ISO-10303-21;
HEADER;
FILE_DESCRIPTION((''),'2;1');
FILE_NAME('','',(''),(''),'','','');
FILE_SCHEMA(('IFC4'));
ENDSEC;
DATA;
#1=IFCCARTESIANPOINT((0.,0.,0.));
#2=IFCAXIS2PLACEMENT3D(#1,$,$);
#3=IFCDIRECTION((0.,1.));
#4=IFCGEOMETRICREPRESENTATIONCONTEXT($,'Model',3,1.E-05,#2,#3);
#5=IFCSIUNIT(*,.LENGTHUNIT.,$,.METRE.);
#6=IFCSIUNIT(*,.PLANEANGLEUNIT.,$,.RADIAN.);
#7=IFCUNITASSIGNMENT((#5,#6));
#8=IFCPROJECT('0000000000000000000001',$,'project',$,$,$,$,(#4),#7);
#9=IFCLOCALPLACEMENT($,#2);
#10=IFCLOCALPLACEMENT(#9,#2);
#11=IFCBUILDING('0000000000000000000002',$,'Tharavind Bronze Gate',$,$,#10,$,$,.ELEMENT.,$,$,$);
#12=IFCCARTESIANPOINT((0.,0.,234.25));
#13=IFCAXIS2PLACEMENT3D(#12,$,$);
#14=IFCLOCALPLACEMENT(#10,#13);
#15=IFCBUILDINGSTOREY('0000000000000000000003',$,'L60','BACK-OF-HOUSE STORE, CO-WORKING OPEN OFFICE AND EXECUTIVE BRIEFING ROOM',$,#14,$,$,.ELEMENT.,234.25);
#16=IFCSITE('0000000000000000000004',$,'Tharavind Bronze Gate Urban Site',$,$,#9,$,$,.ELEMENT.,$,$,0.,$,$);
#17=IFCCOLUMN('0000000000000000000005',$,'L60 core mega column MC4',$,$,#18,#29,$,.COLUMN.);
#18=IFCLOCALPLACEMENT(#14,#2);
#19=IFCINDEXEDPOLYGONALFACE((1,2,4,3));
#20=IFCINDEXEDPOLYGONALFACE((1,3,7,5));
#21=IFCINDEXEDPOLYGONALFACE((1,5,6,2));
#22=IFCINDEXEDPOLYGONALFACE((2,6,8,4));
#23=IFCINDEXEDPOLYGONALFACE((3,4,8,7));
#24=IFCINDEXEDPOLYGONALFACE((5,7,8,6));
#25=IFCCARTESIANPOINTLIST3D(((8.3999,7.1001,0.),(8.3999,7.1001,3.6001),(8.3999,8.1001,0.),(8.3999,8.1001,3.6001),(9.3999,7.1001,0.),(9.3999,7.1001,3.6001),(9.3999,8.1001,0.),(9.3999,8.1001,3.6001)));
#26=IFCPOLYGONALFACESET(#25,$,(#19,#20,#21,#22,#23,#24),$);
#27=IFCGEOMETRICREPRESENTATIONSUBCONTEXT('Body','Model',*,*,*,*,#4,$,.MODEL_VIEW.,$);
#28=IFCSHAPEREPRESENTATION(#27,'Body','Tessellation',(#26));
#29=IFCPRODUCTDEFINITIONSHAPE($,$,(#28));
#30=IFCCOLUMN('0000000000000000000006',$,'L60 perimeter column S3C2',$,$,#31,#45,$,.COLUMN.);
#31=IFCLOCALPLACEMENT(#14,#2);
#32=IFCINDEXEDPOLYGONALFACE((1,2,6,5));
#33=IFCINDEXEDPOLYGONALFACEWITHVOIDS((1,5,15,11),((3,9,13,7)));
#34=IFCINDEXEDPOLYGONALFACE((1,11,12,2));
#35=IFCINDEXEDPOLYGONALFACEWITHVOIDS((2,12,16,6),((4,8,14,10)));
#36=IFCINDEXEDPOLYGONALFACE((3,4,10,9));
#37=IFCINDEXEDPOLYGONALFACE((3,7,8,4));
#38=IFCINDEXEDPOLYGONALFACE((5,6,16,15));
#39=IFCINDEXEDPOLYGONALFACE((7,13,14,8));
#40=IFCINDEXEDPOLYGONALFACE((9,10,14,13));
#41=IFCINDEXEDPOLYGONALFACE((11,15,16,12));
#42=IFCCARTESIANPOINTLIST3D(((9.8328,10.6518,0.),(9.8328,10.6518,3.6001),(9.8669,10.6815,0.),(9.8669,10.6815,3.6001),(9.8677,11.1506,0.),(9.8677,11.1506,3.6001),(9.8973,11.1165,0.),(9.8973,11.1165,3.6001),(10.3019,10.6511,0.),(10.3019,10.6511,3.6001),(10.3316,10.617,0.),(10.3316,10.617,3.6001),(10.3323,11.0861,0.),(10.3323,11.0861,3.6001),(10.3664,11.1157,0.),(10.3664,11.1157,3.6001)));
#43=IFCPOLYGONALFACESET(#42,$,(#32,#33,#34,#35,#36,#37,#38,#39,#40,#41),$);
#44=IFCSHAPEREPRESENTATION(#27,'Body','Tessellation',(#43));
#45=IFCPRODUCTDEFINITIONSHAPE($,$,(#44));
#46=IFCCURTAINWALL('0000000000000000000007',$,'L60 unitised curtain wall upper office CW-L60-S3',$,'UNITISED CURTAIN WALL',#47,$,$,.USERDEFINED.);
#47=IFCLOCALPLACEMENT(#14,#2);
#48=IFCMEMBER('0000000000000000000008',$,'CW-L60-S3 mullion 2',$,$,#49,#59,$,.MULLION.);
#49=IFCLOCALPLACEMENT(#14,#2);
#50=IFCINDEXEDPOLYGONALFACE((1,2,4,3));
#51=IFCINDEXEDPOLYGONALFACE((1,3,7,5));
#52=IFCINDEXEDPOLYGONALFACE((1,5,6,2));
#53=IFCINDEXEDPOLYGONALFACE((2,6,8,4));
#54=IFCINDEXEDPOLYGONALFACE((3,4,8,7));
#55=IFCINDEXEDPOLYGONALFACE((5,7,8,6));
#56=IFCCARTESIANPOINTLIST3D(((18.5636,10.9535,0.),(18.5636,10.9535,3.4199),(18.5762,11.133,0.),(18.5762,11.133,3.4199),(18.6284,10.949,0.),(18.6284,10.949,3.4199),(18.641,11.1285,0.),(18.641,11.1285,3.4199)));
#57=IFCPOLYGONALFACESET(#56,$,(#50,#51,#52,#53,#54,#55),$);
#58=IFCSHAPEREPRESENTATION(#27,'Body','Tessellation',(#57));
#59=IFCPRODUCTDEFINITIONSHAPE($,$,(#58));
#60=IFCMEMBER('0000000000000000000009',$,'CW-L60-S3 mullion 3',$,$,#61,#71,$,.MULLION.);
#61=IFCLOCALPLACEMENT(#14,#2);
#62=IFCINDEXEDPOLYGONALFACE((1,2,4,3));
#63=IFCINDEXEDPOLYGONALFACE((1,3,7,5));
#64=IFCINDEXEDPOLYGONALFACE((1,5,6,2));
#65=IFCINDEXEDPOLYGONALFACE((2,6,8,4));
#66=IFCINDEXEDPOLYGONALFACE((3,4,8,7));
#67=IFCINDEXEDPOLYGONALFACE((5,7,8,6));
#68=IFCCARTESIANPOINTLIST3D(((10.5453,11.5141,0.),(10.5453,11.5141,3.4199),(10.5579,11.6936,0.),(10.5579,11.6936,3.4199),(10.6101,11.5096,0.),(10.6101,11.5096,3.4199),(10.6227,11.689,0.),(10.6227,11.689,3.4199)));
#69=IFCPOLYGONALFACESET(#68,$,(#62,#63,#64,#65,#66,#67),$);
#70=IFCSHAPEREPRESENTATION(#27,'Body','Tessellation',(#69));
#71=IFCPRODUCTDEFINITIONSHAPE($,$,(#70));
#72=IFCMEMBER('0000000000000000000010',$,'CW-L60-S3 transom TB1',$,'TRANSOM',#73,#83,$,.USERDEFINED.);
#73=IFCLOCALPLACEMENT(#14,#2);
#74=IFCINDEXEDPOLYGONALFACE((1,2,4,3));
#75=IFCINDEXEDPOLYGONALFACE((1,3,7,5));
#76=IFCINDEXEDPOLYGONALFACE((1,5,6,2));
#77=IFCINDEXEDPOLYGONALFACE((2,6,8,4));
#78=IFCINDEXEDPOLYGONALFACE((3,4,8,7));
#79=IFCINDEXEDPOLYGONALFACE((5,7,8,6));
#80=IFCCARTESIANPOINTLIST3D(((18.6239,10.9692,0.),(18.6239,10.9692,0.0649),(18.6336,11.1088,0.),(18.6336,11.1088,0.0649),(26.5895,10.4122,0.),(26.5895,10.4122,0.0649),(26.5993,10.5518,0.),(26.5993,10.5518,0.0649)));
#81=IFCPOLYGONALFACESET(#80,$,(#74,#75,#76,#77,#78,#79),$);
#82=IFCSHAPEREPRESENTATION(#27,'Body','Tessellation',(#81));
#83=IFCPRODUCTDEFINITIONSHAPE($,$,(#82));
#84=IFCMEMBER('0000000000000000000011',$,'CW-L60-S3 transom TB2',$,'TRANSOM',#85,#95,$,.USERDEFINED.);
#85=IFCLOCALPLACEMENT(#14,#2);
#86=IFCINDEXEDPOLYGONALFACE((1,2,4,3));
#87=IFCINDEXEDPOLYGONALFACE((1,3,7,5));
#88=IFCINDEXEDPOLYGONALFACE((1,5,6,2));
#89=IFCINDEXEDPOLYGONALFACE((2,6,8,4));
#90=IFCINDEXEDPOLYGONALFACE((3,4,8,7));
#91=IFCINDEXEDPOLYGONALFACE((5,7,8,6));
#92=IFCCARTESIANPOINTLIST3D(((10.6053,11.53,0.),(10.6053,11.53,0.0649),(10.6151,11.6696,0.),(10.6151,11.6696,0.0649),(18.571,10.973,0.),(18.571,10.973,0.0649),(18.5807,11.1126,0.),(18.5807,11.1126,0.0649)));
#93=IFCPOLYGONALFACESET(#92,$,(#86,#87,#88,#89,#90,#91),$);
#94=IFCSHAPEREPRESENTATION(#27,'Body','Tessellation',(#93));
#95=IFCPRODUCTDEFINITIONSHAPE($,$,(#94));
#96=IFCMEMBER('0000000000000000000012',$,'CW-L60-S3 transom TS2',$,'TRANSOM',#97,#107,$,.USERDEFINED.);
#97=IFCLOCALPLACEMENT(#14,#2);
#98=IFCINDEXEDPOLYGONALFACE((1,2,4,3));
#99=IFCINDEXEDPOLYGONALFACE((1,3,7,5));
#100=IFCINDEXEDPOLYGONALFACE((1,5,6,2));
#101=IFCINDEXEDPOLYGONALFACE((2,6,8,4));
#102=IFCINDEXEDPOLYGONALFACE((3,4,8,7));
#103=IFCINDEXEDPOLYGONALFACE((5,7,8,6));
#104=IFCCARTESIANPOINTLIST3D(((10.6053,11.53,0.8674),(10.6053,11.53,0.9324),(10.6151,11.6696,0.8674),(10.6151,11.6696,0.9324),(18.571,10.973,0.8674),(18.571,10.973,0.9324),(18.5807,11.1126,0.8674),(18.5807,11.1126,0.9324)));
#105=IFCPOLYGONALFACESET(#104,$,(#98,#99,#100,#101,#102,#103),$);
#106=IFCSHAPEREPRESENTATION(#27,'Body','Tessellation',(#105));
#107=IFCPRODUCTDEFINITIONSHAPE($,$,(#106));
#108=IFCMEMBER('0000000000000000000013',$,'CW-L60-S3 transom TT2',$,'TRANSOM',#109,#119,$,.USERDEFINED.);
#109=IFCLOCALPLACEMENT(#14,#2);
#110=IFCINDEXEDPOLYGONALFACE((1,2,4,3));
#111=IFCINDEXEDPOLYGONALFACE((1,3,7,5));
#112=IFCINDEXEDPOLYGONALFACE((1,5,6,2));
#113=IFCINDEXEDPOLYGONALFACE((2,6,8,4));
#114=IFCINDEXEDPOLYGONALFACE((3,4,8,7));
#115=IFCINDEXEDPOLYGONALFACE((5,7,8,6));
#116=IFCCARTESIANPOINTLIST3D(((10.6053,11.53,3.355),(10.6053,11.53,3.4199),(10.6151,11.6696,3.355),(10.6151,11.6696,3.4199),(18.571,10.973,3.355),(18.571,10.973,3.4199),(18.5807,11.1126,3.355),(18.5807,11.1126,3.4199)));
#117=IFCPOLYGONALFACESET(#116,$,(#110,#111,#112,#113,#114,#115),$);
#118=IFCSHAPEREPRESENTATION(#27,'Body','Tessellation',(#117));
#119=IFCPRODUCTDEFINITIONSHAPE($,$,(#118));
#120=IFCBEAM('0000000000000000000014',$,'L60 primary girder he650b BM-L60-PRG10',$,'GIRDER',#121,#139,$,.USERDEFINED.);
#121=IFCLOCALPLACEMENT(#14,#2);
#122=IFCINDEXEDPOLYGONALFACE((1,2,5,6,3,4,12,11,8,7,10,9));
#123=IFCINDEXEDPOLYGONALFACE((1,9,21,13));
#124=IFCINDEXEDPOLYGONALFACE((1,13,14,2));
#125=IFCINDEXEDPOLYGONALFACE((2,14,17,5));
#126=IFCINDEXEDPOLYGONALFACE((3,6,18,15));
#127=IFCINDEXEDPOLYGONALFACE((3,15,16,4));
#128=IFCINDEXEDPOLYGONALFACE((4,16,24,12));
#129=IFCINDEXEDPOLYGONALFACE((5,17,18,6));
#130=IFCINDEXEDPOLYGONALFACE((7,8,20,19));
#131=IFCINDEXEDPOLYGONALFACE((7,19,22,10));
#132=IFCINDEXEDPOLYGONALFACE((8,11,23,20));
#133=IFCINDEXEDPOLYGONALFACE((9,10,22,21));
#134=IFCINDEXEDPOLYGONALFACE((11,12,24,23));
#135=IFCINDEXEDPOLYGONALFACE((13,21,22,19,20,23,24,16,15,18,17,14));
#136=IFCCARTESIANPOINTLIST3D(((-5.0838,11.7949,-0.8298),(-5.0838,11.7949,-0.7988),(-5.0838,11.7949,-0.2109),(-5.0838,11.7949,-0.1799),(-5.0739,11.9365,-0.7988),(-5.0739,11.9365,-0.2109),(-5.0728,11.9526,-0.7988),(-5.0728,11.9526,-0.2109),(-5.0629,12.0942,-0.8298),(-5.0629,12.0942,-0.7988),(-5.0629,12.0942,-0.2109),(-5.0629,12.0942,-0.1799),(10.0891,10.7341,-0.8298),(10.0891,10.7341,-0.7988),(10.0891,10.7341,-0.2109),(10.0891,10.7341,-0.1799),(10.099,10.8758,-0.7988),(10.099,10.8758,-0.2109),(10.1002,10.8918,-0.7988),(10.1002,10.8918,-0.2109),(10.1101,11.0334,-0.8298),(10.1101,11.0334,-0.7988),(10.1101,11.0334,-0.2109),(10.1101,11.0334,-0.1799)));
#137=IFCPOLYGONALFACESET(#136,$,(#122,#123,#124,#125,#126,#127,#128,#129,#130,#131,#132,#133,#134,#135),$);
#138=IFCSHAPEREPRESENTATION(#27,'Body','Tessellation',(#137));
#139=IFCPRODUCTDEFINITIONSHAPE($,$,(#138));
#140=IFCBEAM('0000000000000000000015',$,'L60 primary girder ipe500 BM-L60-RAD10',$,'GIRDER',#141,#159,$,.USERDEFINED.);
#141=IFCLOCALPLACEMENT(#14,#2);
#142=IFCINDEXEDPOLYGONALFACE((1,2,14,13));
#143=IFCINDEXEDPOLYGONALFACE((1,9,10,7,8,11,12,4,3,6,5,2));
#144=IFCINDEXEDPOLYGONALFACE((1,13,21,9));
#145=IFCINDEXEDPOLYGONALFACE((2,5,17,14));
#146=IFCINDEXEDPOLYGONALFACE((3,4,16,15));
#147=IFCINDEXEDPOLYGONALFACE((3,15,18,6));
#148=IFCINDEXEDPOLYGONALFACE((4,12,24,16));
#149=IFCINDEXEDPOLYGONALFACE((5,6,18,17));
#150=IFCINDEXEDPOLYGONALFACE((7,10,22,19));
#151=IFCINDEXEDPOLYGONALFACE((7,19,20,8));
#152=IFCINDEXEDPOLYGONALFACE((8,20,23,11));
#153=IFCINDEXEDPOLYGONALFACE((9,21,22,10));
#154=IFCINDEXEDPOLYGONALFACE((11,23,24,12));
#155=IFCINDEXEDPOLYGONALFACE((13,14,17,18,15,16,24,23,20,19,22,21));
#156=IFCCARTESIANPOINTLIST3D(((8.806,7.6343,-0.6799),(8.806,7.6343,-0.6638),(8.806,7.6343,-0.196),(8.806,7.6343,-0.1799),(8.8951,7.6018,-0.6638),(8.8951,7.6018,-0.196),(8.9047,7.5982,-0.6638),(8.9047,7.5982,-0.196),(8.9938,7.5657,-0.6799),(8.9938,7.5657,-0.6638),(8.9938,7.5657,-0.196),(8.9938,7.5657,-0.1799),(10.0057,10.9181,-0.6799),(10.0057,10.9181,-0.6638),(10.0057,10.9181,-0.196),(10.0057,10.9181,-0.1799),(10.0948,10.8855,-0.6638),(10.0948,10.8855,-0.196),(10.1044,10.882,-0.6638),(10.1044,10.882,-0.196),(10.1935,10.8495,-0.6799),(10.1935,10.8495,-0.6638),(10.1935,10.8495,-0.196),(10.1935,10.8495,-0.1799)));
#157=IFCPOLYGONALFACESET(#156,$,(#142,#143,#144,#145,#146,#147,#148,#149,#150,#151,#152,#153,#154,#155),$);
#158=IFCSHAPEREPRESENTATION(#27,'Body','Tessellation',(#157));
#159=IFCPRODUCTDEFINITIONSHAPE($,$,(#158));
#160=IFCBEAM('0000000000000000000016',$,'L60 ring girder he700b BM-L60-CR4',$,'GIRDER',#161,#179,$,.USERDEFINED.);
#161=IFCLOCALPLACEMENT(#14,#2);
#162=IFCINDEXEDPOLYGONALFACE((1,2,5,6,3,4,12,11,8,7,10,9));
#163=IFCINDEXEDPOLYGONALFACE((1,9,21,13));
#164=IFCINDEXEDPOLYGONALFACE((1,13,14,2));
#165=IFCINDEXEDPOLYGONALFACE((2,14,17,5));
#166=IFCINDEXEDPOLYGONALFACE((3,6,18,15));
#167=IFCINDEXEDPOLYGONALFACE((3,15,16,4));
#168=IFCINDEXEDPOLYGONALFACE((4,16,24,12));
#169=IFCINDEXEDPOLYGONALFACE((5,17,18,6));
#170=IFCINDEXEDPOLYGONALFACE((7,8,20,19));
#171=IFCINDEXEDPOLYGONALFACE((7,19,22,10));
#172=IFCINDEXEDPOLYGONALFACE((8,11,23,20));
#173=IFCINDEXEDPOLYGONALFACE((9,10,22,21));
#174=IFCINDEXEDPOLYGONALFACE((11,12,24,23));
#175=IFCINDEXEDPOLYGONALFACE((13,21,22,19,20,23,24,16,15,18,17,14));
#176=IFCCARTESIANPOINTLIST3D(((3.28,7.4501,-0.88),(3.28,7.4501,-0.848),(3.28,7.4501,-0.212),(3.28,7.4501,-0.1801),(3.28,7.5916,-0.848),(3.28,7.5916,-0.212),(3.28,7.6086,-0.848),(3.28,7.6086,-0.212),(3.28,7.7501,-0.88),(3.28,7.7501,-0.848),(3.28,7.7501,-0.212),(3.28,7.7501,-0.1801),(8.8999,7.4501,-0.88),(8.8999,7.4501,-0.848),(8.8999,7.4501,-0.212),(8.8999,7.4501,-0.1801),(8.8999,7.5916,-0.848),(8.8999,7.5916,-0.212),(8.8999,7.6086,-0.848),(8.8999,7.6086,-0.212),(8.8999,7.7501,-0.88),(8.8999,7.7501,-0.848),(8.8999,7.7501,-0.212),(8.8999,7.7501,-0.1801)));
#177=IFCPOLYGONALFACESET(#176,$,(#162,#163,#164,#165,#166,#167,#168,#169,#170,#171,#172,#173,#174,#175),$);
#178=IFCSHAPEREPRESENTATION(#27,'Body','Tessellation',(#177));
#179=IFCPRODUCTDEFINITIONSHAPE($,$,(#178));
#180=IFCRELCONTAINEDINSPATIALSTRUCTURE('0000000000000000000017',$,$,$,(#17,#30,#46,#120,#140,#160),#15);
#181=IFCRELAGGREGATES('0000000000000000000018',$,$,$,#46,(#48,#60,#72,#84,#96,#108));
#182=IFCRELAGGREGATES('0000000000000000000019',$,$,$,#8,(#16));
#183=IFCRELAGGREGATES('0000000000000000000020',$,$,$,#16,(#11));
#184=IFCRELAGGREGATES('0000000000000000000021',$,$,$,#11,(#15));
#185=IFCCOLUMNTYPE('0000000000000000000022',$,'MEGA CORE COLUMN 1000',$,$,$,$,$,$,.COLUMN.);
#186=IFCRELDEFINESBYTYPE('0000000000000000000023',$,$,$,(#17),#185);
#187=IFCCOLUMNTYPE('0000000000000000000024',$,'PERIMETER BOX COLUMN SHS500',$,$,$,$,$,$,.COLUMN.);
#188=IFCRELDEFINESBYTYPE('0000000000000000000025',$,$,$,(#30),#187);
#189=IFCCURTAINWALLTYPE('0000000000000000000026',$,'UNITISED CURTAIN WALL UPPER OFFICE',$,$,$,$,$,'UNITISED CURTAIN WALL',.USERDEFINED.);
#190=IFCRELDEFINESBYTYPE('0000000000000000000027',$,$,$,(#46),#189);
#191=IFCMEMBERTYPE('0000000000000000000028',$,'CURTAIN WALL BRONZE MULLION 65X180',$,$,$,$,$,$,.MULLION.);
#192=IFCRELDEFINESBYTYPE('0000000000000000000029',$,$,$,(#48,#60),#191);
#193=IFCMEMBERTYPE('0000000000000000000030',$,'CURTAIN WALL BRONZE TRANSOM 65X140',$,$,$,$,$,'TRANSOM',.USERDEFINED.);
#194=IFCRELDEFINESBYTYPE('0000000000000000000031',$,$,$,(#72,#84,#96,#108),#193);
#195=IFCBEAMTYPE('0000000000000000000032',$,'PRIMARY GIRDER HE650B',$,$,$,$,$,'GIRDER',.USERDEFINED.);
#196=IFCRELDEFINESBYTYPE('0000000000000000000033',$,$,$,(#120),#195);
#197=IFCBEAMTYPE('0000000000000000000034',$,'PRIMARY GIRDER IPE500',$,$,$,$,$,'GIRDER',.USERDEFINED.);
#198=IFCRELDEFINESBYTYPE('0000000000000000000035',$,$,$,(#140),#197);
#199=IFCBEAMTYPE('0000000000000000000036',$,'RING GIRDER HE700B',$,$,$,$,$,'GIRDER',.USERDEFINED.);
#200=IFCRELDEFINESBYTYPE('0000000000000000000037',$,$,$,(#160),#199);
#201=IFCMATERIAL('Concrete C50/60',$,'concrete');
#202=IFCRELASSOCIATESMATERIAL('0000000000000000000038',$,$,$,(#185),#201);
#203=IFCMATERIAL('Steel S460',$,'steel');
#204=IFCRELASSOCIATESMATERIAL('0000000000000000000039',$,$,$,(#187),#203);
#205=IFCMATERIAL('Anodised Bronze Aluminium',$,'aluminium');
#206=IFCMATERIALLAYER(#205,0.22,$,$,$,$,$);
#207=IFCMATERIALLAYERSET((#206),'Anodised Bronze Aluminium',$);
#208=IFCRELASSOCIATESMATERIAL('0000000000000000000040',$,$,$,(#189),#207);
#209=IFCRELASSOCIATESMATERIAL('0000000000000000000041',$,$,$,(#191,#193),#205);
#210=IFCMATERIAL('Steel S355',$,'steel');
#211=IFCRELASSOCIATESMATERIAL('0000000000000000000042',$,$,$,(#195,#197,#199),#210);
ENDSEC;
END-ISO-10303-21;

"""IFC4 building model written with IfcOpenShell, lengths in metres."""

from ifc_helpers import new_model, si_unit, direction, frame, origin, origin_2d, place, context, subcontext, project, spatial, rectangle, hollow_rectangle, i_section, extrude, material, layer, layer_set, material_profile, profile_set, type_object, element, aggregate, save


model = new_model("IFC4")

# Units and contexts
model_context = context("Model", 3, precision=1e-05, world=origin(), true_north=direction((0.0, 1.0)))
body_context = subcontext(model_context, "Body", "Model", "MODEL_VIEW")
ifc_project = project(units=[si_unit("LENGTHUNIT", "METRE"), si_unit("PLANEANGLEUNIT", "RADIAN")], contexts=[model_context])

# Site, building, storey
site_placement = place(None, origin())
site = spatial("IfcSite", under=ifc_project, at=site_placement, Name="Tharavind Bronze Gate Urban Site", CompositionType="ELEMENT", RefElevation=0.0)
building_placement = place(site_placement, origin())
building = spatial("IfcBuilding", under=site, at=building_placement, Name="Tharavind Bronze Gate", CompositionType="ELEMENT")
storey_placement = place(building_placement, frame((0.0, 0.0, 234.25)))
storey = spatial("IfcBuildingStorey", under=building, at=storey_placement, Name="L60", Description="BACK-OF-HOUSE STORE, CO-WORKING OPEN OFFICE AND EXECUTIVE BRIEFING ROOM", CompositionType="ELEMENT", Elevation=234.25)

# Columns
ifc_material_1 = material(Name="Concrete C50/60", Category="concrete")
ifc_material_profile_1 = material_profile(ifc_material_1, rectangle(XDim=1.0, YDim=1.0, at=origin_2d()), Name="RCCOL1000")
ifc_profile_set_1 = profile_set([ifc_material_profile_1], Name="Concrete C50/60")
column_type_1 = type_object("IfcColumnType", Name="MEGA CORE COLUMN 1000", PredefinedType="COLUMN", material=ifc_profile_set_1)
column_1_placement = place(storey_placement, frame((8.8999, 7.6001, 0.0), z_axis=(0.0, 0.0, 1.0), x_axis=(1.0, 0.0, 0.0)))
element("IfcColumn", 1, at=column_1_placement, inside=storey, type_object=column_type_1, Name="L60 core mega column MC4", PredefinedType="COLUMN", context=body_context, shape_type="SweptSolid", body=[
    extrude(rectangle(XDim=1.0, YDim=1.0, at=origin_2d()), origin(), (0.0, 0.0, 1.0), 3.6001),
])
ifc_material_2 = material(Name="Steel S460", Category="steel")
ifc_material_profile_2 = material_profile(ifc_material_2, hollow_rectangle(XDim=0.5, YDim=0.5, WallThickness=0.032, at=origin_2d()), Name="SHS500X32")
ifc_profile_set_2 = profile_set([ifc_material_profile_2], Name="Steel S460")
column_type_2 = type_object("IfcColumnType", Name="PERIMETER BOX COLUMN SHS500", PredefinedType="COLUMN", material=ifc_profile_set_2)
column_2_placement = place(storey_placement, frame((10.0996, 10.8838, 0.0), z_axis=(0.0, 0.0, 1.0), x_axis=(-0.997564, 0.069756, 0.0)))
element("IfcColumn", 2, at=column_2_placement, inside=storey, type_object=column_type_2, Name="L60 perimeter column S3C2", PredefinedType="COLUMN", context=body_context, shape_type="SweptSolid", body=[
    extrude(hollow_rectangle(XDim=0.5, YDim=0.5, WallThickness=0.032, at=origin_2d()), origin(), (0.0, 0.0, 1.0), 3.6001),
])

# Curtain wall, members
ifc_material_3 = material(Name="Anodised Bronze Aluminium", Category="aluminium")
ifc_layer_1 = layer(ifc_material_3, 0.22)
ifc_layer_set_1 = layer_set([ifc_layer_1], Name="Anodised Bronze Aluminium")
curtain_wall_type = type_object("IfcCurtainWallType", Name="UNITISED CURTAIN WALL UPPER OFFICE", ElementType="UNITISED CURTAIN WALL", PredefinedType="USERDEFINED", material=ifc_layer_set_1)
curtain_wall_placement = place(storey_placement, origin())
curtain_wall = element("IfcCurtainWall", 3, at=curtain_wall_placement, inside=storey, type_object=curtain_wall_type, Name="L60 unitised curtain wall upper office CW-L60-S3", ObjectType="UNITISED CURTAIN WALL", PredefinedType="USERDEFINED")
member_type_1 = type_object("IfcMemberType", Name="CURTAIN WALL BRONZE MULLION 65X180", PredefinedType="MULLION", material=ifc_material_3)
member_1_placement = place(storey_placement, frame((18.6023, 11.041, 0.0), z_axis=(0.0, 0.0, 1.0), x_axis=(-0.997564, 0.069758, 0.0)))
member_1 = element("IfcMember", 4, at=member_1_placement, type_object=member_type_1, Name="CW-L60-S3 mullion 2", PredefinedType="MULLION", context=body_context, shape_type="SweptSolid", body=[
    extrude(rectangle(XDim=0.0649, YDim=0.1799, at=origin_2d()), origin(), (0.0, 0.0, 1.0), 3.4199),
])
member_2_placement = place(storey_placement, frame((10.584, 11.6016, 0.0), z_axis=(0.0, 0.0, 1.0), x_axis=(-0.997564, 0.069758, 0.0)))
member_2 = element("IfcMember", 5, at=member_2_placement, type_object=member_type_1, Name="CW-L60-S3 mullion 3", PredefinedType="MULLION", context=body_context, shape_type="SweptSolid", body=[
    extrude(rectangle(XDim=0.0649, YDim=0.1799, at=origin_2d()), origin(), (0.0, 0.0, 1.0), 3.4199),
])
member_type_2 = type_object("IfcMemberType", Name="CURTAIN WALL BRONZE TRANSOM 65X140", ElementType="TRANSOM", PredefinedType="USERDEFINED", material=ifc_material_3)
member_3_placement = place(storey_placement, frame((22.6116, 10.7605, 0.0), z_axis=(0.0, 0.0, 1.0), x_axis=(-0.997564, 0.069758, 0.0)))
member_3 = element("IfcMember", 6, at=member_3_placement, type_object=member_type_2, Name="CW-L60-S3 transom TB1", ObjectType="TRANSOM", PredefinedType="USERDEFINED", context=body_context, shape_type="SweptSolid", body=[
    extrude(rectangle(XDim=7.9851, YDim=0.1399, at=origin_2d()), origin(), (0.0, 0.0, 1.0), 0.0649),
])
member_4_placement = place(storey_placement, frame((14.593, 11.3213, 0.0), z_axis=(0.0, 0.0, 1.0), x_axis=(-0.997564, 0.069758, 0.0)))
member_4 = element("IfcMember", 7, at=member_4_placement, type_object=member_type_2, Name="CW-L60-S3 transom TB2", ObjectType="TRANSOM", PredefinedType="USERDEFINED", context=body_context, shape_type="SweptSolid", body=[
    extrude(rectangle(XDim=7.9851, YDim=0.1399, at=origin_2d()), origin(), (0.0, 0.0, 1.0), 0.0649),
])
member_5_placement = place(storey_placement, frame((14.593, 11.3213, 0.8674), z_axis=(0.0, 0.0, 1.0), x_axis=(-0.997564, 0.069758, 0.0)))
member_5 = element("IfcMember", 8, at=member_5_placement, type_object=member_type_2, Name="CW-L60-S3 transom TS2", ObjectType="TRANSOM", PredefinedType="USERDEFINED", context=body_context, shape_type="SweptSolid", body=[
    extrude(rectangle(XDim=7.9851, YDim=0.1399, at=origin_2d()), origin(), (0.0, 0.0, 1.0), 0.0649),
])
member_6_placement = place(storey_placement, frame((14.593, 11.3213, 3.355), z_axis=(0.0, 0.0, 1.0), x_axis=(-0.997564, 0.069758, 0.0)))
member_6 = element("IfcMember", 9, at=member_6_placement, type_object=member_type_2, Name="CW-L60-S3 transom TT2", ObjectType="TRANSOM", PredefinedType="USERDEFINED", context=body_context, shape_type="SweptSolid", body=[
    extrude(rectangle(XDim=7.9851, YDim=0.1399, at=origin_2d()), origin(), (0.0, 0.0, 1.0), 0.0649),
])

# Beams
ifc_material_4 = material(Name="Steel S355", Category="steel")
ifc_material_profile_3 = material_profile(ifc_material_4, i_section(OverallWidth=0.3, OverallDepth=0.6499, WebThickness=0.0161, FlangeThickness=0.031, at=origin_2d()), Name="HE650B")
ifc_profile_set_3 = profile_set([ifc_material_profile_3], Name="Steel S355")
beam_type_1 = type_object("IfcBeamType", Name="PRIMARY GIRDER HE650B", ElementType="GIRDER", PredefinedType="USERDEFINED", material=ifc_profile_set_3)
beam_1_placement = place(storey_placement, frame((10.0996, 10.8838, -0.5049), z_axis=(-0.997565, 0.069744, 0.0), x_axis=(-0.069744, -0.997565, 0.0)))
element("IfcBeam", 10, at=beam_1_placement, inside=storey, type_object=beam_type_1, Name="L60 primary girder he650b BM-L60-PRG10", ObjectType="GIRDER", PredefinedType="USERDEFINED", context=body_context, shape_type="SweptSolid", body=[
    extrude(i_section(OverallWidth=0.3, OverallDepth=0.6499, WebThickness=0.0161, FlangeThickness=0.031, at=origin_2d()), origin(), (0.0, 0.0, 1.0), 15.21),
])
ifc_material_profile_4 = material_profile(ifc_material_4, i_section(OverallWidth=0.2, OverallDepth=0.5, WebThickness=0.0103, FlangeThickness=0.0161, at=origin_2d()), Name="IPE500")
ifc_profile_set_4 = profile_set([ifc_material_profile_4], Name="Steel S355")
beam_type_2 = type_object("IfcBeamType", Name="PRIMARY GIRDER IPE500", ElementType="GIRDER", PredefinedType="USERDEFINED", material=ifc_profile_set_4)
beam_2_placement = place(storey_placement, frame((10.0996, 10.8838, -0.4299), z_axis=(-0.343167, -0.939274, 0.0), x_axis=(0.939274, -0.343167, 0.0)))
element("IfcBeam", 11, at=beam_2_placement, inside=storey, type_object=beam_type_2, Name="L60 primary girder ipe500 BM-L60-RAD10", ObjectType="GIRDER", PredefinedType="USERDEFINED", context=body_context, shape_type="SweptSolid", body=[
    extrude(i_section(OverallWidth=0.2, OverallDepth=0.5, WebThickness=0.0103, FlangeThickness=0.0161, at=origin_2d()), origin(), (0.0, 0.0, 1.0), 3.4961),
])
ifc_material_profile_5 = material_profile(ifc_material_4, i_section(OverallWidth=0.3, OverallDepth=0.7, WebThickness=0.0171, FlangeThickness=0.032, at=origin_2d()), Name="HE700B")
ifc_profile_set_5 = profile_set([ifc_material_profile_5], Name="Steel S355")
beam_type_3 = type_object("IfcBeamType", Name="RING GIRDER HE700B", ElementType="GIRDER", PredefinedType="USERDEFINED", material=ifc_profile_set_5)
beam_3_placement = place(storey_placement, frame((8.8999, 7.6001, -0.53), z_axis=(-1.0, 0.0, 0.0), x_axis=(0.0, -1.0, 0.0)))
element("IfcBeam", 12, at=beam_3_placement, inside=storey, type_object=beam_type_3, Name="L60 ring girder he700b BM-L60-CR4", ObjectType="GIRDER", PredefinedType="USERDEFINED", context=body_context, shape_type="SweptSolid", body=[
    extrude(i_section(OverallWidth=0.3, OverallDepth=0.7, WebThickness=0.0171, FlangeThickness=0.032, at=origin_2d()), origin(), (0.0, 0.0, 1.0), 5.6199),
])

aggregate(curtain_wall, [member_1, member_2, member_3, member_4, member_5, member_6])

save(model, "model.ifc")
